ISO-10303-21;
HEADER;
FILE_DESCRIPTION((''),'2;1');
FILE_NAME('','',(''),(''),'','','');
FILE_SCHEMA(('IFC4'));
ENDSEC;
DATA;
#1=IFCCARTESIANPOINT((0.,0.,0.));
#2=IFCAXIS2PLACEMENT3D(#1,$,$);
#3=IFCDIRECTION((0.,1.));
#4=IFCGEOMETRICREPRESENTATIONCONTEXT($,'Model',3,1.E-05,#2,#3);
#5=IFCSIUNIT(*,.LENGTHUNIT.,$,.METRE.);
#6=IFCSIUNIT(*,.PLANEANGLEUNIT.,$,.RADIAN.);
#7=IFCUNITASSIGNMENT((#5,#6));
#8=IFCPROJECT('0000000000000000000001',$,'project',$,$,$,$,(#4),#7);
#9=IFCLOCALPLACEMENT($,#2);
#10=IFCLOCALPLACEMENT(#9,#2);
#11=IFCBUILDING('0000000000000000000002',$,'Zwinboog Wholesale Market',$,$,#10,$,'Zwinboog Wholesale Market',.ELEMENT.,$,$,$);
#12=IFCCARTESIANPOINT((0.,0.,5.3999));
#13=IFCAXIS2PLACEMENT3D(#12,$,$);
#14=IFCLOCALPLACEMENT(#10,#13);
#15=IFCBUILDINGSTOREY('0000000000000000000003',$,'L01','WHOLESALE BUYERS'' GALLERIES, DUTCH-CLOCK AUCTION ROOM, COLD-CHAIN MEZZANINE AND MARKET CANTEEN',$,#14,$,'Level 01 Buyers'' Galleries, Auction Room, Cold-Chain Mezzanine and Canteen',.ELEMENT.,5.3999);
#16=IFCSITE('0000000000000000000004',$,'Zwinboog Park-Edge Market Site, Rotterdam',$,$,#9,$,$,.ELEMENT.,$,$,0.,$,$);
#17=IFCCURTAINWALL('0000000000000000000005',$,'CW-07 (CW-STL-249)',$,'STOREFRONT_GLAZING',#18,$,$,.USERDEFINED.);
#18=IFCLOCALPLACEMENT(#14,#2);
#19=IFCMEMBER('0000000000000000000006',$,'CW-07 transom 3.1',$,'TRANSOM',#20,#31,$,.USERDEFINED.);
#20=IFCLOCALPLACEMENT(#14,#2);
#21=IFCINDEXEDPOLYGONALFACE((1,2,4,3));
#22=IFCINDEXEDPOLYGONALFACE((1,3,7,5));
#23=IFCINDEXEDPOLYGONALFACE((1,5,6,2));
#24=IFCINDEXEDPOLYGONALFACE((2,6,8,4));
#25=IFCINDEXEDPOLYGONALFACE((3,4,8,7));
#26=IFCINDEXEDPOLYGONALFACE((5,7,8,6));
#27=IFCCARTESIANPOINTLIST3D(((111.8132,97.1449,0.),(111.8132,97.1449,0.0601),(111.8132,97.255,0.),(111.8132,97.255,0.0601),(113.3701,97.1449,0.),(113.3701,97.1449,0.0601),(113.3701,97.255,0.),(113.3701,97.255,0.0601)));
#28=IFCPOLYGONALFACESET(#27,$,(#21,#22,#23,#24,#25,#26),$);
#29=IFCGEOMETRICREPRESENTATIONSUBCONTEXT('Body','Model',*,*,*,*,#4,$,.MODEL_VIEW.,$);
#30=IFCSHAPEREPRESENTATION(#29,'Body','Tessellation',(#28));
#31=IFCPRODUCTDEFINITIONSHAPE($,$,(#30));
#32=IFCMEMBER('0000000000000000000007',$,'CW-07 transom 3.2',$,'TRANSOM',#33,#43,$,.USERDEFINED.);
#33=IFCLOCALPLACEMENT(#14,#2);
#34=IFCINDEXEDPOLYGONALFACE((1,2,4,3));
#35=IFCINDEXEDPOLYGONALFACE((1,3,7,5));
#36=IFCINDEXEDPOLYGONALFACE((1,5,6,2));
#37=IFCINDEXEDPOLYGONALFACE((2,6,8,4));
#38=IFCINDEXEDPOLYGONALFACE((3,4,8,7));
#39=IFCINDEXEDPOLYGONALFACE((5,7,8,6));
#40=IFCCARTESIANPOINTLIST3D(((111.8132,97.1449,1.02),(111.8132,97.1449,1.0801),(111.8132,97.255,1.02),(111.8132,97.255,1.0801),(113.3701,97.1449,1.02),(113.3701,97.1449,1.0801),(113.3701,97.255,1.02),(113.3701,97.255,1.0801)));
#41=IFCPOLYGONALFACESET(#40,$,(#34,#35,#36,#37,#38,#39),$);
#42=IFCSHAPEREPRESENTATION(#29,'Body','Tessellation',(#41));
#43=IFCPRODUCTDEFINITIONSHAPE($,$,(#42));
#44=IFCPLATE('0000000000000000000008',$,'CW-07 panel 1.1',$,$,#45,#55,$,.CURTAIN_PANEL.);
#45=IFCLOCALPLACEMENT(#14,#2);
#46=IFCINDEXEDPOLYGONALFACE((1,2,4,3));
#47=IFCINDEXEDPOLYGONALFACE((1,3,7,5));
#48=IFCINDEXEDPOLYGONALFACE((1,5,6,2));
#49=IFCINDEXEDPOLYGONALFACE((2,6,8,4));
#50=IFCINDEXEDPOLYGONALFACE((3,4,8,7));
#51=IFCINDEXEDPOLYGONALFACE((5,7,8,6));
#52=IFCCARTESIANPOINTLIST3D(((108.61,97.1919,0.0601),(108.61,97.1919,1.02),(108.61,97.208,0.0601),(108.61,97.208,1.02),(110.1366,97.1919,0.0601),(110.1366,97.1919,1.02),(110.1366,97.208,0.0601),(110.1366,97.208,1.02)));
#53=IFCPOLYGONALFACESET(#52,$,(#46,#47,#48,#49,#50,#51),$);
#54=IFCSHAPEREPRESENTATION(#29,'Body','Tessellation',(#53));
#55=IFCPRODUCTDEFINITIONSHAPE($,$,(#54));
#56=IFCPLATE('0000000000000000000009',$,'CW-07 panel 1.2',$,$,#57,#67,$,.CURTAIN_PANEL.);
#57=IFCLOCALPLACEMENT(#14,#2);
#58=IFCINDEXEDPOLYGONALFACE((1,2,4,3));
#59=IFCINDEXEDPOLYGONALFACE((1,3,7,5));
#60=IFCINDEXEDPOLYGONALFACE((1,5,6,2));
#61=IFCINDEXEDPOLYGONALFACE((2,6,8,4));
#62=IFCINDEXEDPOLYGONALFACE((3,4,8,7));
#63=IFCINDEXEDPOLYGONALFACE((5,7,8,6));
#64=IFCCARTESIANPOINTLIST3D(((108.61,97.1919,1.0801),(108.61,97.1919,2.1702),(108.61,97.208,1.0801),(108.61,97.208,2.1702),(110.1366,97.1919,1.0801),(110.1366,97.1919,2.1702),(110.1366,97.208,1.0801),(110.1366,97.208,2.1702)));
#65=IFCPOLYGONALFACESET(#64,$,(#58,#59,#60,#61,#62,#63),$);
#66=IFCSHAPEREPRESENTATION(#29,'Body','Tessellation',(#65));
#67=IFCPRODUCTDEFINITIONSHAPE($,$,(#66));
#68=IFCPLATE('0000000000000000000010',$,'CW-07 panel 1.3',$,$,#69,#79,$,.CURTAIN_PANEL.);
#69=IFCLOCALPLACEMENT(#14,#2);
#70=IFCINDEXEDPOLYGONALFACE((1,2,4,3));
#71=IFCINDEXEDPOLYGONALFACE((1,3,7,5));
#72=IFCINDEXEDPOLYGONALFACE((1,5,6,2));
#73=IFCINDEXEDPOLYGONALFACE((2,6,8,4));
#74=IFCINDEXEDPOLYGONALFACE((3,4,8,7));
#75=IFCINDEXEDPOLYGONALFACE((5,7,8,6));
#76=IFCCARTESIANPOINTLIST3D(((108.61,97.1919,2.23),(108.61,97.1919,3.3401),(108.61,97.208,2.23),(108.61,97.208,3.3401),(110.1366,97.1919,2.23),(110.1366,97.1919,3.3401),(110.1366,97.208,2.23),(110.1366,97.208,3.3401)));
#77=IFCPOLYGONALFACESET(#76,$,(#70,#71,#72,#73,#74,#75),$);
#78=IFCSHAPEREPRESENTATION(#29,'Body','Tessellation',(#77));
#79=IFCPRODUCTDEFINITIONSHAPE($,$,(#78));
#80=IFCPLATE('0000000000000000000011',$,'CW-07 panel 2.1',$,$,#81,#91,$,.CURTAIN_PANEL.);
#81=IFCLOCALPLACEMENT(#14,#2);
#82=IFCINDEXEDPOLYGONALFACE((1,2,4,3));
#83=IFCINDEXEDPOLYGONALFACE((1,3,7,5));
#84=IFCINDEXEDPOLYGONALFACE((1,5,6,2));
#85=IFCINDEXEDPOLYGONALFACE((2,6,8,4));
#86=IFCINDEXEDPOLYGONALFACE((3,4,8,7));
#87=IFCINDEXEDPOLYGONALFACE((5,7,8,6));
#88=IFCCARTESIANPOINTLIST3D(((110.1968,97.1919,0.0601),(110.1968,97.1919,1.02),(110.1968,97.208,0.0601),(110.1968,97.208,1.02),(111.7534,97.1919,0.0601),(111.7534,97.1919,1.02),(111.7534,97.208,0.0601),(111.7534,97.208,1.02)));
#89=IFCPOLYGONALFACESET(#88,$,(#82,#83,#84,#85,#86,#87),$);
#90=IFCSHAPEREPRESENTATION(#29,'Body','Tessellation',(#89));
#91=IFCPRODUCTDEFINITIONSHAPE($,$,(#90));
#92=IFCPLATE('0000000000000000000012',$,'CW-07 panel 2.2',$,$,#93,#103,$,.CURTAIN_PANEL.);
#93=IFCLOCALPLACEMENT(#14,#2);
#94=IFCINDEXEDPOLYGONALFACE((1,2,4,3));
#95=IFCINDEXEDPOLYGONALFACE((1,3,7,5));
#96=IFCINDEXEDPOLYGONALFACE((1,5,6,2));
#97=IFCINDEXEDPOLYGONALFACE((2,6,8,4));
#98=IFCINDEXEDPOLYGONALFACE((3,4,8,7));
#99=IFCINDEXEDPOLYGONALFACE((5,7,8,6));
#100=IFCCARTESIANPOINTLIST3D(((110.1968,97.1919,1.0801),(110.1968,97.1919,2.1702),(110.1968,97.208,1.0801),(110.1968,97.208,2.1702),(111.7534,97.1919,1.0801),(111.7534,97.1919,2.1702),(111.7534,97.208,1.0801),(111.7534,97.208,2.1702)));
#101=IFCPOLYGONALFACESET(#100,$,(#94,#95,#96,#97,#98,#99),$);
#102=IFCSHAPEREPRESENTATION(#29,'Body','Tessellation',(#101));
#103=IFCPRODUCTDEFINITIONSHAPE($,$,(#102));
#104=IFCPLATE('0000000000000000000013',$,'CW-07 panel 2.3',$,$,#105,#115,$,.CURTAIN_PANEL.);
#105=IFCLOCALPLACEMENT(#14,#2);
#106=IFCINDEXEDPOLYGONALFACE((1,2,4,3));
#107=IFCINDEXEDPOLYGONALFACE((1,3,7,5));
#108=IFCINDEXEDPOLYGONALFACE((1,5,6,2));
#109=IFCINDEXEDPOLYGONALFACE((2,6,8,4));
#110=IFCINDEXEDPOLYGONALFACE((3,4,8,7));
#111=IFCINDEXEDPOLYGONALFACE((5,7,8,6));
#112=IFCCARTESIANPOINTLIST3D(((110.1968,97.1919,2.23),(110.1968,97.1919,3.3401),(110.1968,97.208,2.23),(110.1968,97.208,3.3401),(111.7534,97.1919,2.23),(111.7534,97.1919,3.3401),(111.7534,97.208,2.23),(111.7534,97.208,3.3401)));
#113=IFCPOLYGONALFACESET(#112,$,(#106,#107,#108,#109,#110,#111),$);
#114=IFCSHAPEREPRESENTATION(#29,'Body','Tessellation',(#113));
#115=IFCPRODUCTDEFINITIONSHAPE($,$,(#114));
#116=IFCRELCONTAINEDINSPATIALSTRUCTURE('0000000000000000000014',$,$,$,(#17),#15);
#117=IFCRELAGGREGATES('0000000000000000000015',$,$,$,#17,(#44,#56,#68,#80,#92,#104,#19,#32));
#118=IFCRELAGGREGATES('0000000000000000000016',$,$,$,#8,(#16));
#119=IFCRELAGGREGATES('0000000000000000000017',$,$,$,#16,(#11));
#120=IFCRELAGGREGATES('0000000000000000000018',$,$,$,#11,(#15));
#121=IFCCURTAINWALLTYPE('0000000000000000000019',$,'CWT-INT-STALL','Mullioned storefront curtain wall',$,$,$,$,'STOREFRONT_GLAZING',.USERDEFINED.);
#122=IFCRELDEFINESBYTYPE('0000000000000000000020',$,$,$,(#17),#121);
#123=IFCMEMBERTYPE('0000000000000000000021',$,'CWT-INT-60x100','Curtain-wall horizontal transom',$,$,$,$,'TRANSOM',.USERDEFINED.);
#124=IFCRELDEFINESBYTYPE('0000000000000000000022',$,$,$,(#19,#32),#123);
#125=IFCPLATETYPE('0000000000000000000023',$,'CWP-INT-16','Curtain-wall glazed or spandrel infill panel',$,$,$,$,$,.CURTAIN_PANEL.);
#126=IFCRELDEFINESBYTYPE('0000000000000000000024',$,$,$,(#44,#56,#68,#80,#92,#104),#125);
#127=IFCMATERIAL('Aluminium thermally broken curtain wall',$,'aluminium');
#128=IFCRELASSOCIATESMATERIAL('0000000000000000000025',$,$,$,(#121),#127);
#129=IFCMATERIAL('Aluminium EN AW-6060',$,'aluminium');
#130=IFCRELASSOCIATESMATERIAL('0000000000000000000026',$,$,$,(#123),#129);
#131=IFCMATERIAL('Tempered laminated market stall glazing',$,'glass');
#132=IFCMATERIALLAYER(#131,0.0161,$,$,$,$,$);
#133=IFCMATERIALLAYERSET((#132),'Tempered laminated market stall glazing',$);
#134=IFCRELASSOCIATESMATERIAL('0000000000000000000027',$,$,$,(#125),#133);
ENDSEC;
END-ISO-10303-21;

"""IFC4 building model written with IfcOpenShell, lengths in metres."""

from ifc_helpers import new_model, si_unit, direction, frame, origin, origin_2d, place, context, subcontext, project, spatial, rectangle, extrude, material, layer, layer_set, material_profile, profile_set, type_object, element, aggregate, save


model = new_model("IFC4")

# Units and contexts
model_context = context("Model", 3, precision=1e-05, world=origin(), true_north=direction((0.0, 1.0)))
body_context = subcontext(model_context, "Body", "Model", "MODEL_VIEW")
ifc_project = project(units=[si_unit("LENGTHUNIT", "METRE"), si_unit("PLANEANGLEUNIT", "RADIAN")], contexts=[model_context])

# Site, building, storey
site_placement = place(None, origin())
site = spatial("IfcSite", under=ifc_project, at=site_placement, Name="Zwinboog Park-Edge Market Site, Rotterdam", CompositionType="ELEMENT", RefElevation=0.0)
building_placement = place(site_placement, origin())
building = spatial("IfcBuilding", under=site, at=building_placement, Name="Zwinboog Wholesale Market", LongName="Zwinboog Wholesale Market", CompositionType="ELEMENT")
storey_placement = place(building_placement, frame((0.0, 0.0, 5.3999)))
storey = spatial("IfcBuildingStorey", under=building, at=storey_placement, Name="L01", Description="WHOLESALE BUYERS' GALLERIES, DUTCH-CLOCK AUCTION ROOM, COLD-CHAIN MEZZANINE AND MARKET CANTEEN", LongName="Level 01 Buyers' Galleries, Auction Room, Cold-Chain Mezzanine and Canteen", CompositionType="ELEMENT", Elevation=5.3999)

# Curtain wall, members, plates
ifc_material_1 = material(Name="Aluminium thermally broken curtain wall", Category="aluminium")
curtain_wall_type = type_object("IfcCurtainWallType", Name="CWT-INT-STALL", Description="Mullioned storefront curtain wall", ElementType="STOREFRONT_GLAZING", PredefinedType="USERDEFINED", material=ifc_material_1)
curtain_wall_placement = place(storey_placement, origin())
curtain_wall = element("IfcCurtainWall", 1, at=curtain_wall_placement, inside=storey, type_object=curtain_wall_type, Name="CW-07 (CW-STL-249)", ObjectType="STOREFRONT_GLAZING", PredefinedType="USERDEFINED")
ifc_material_2 = material(Name="Aluminium EN AW-6060", Category="aluminium")
ifc_material_profile_1 = material_profile(ifc_material_2, rectangle(XDim=0.1101, YDim=0.0601, at=origin_2d()), Name="AL 60x110")
ifc_profile_set_1 = profile_set([ifc_material_profile_1], Name="Aluminium EN AW-6060")
member_type_1 = type_object("IfcMemberType", Name="CWT-INT-60x100", Description="Curtain-wall horizontal transom", ElementType="TRANSOM", PredefinedType="USERDEFINED", material=ifc_profile_set_1)
member_1_placement = place(storey_placement, frame((111.8132, 97.2, 0.03), z_axis=(1.0, 0.0, 0.0), x_axis=(0.0, 1.0, 0.0)))
member_1 = element("IfcMember", 2, at=member_1_placement, type_object=member_type_1, Name="CW-07 transom 3.1", ObjectType="TRANSOM", PredefinedType="USERDEFINED", context=body_context, shape_type="SweptSolid", body=[
    extrude(rectangle(XDim=0.1101, YDim=0.0601, at=origin_2d()), origin(), (0.0, 0.0, 1.0), 1.5569),
])
member_2_placement = place(storey_placement, frame((111.8132, 97.2, 1.05), z_axis=(1.0, 0.0, 0.0), x_axis=(0.0, 1.0, 0.0)))
member_2 = element("IfcMember", 3, at=member_2_placement, type_object=member_type_1, Name="CW-07 transom 3.2", ObjectType="TRANSOM", PredefinedType="USERDEFINED", context=body_context, shape_type="SweptSolid", body=[
    extrude(rectangle(XDim=0.1101, YDim=0.0601, at=origin_2d()), origin(), (0.0, 0.0, 1.0), 1.5569),
])
ifc_material_3 = material(Name="Tempered laminated market stall glazing", Category="glass")
ifc_layer = layer(ifc_material_3, 0.0161)
ifc_layer_set = layer_set([ifc_layer], Name="Tempered laminated market stall glazing")
plate_type = type_object("IfcPlateType", Name="CWP-INT-16", Description="Curtain-wall glazed or spandrel infill panel", PredefinedType="CURTAIN_PANEL", material=ifc_layer_set)
plate_1_placement = place(storey_placement, frame((109.3733, 97.2, 0.0601), z_axis=(0.0, 0.0, 1.0), x_axis=(1.0, 0.0, 0.0)))
plate_1 = element("IfcPlate", 4, at=plate_1_placement, type_object=plate_type, Name="CW-07 panel 1.1", PredefinedType="CURTAIN_PANEL", context=body_context, shape_type="SweptSolid", body=[
    extrude(rectangle(XDim=1.5266, YDim=0.0161, at=origin_2d()), origin(), (0.0, 0.0, 1.0), 0.96),
])
plate_2_placement = place(storey_placement, frame((109.3733, 97.2, 1.0801), z_axis=(0.0, 0.0, 1.0), x_axis=(1.0, 0.0, 0.0)))
plate_2 = element("IfcPlate", 5, at=plate_2_placement, type_object=plate_type, Name="CW-07 panel 1.2", PredefinedType="CURTAIN_PANEL", context=body_context, shape_type="SweptSolid", body=[
    extrude(rectangle(XDim=1.5266, YDim=0.0161, at=origin_2d()), origin(), (0.0, 0.0, 1.0), 1.0901),
])
plate_3_placement = place(storey_placement, frame((109.3733, 97.2, 2.23), z_axis=(0.0, 0.0, 1.0), x_axis=(1.0, 0.0, 0.0)))
plate_3 = element("IfcPlate", 6, at=plate_3_placement, type_object=plate_type, Name="CW-07 panel 1.3", PredefinedType="CURTAIN_PANEL", context=body_context, shape_type="SweptSolid", body=[
    extrude(rectangle(XDim=1.5266, YDim=0.0161, at=origin_2d()), origin(), (0.0, 0.0, 1.0), 1.1101),
])
plate_4_placement = place(storey_placement, frame((110.9751, 97.2, 0.0601), z_axis=(0.0, 0.0, 1.0), x_axis=(1.0, 0.0, 0.0)))
plate_4 = element("IfcPlate", 7, at=plate_4_placement, type_object=plate_type, Name="CW-07 panel 2.1", PredefinedType="CURTAIN_PANEL", context=body_context, shape_type="SweptSolid", body=[
    extrude(rectangle(XDim=1.5566, YDim=0.0161, at=origin_2d()), origin(), (0.0, 0.0, 1.0), 0.96),
])
plate_5_placement = place(storey_placement, frame((110.9751, 97.2, 1.0801), z_axis=(0.0, 0.0, 1.0), x_axis=(1.0, 0.0, 0.0)))
plate_5 = element("IfcPlate", 8, at=plate_5_placement, type_object=plate_type, Name="CW-07 panel 2.2", PredefinedType="CURTAIN_PANEL", context=body_context, shape_type="SweptSolid", body=[
    extrude(rectangle(XDim=1.5566, YDim=0.0161, at=origin_2d()), origin(), (0.0, 0.0, 1.0), 1.0901),
])
plate_6_placement = place(storey_placement, frame((110.9751, 97.2, 2.23), z_axis=(0.0, 0.0, 1.0), x_axis=(1.0, 0.0, 0.0)))
plate_6 = element("IfcPlate", 9, at=plate_6_placement, type_object=plate_type, Name="CW-07 panel 2.3", PredefinedType="CURTAIN_PANEL", context=body_context, shape_type="SweptSolid", body=[
    extrude(rectangle(XDim=1.5566, YDim=0.0161, at=origin_2d()), origin(), (0.0, 0.0, 1.0), 1.1101),
])
aggregate(curtain_wall, [plate_1, plate_2, plate_3, plate_4, plate_5, plate_6, member_1, member_2])

save(model, "model.ifc")
